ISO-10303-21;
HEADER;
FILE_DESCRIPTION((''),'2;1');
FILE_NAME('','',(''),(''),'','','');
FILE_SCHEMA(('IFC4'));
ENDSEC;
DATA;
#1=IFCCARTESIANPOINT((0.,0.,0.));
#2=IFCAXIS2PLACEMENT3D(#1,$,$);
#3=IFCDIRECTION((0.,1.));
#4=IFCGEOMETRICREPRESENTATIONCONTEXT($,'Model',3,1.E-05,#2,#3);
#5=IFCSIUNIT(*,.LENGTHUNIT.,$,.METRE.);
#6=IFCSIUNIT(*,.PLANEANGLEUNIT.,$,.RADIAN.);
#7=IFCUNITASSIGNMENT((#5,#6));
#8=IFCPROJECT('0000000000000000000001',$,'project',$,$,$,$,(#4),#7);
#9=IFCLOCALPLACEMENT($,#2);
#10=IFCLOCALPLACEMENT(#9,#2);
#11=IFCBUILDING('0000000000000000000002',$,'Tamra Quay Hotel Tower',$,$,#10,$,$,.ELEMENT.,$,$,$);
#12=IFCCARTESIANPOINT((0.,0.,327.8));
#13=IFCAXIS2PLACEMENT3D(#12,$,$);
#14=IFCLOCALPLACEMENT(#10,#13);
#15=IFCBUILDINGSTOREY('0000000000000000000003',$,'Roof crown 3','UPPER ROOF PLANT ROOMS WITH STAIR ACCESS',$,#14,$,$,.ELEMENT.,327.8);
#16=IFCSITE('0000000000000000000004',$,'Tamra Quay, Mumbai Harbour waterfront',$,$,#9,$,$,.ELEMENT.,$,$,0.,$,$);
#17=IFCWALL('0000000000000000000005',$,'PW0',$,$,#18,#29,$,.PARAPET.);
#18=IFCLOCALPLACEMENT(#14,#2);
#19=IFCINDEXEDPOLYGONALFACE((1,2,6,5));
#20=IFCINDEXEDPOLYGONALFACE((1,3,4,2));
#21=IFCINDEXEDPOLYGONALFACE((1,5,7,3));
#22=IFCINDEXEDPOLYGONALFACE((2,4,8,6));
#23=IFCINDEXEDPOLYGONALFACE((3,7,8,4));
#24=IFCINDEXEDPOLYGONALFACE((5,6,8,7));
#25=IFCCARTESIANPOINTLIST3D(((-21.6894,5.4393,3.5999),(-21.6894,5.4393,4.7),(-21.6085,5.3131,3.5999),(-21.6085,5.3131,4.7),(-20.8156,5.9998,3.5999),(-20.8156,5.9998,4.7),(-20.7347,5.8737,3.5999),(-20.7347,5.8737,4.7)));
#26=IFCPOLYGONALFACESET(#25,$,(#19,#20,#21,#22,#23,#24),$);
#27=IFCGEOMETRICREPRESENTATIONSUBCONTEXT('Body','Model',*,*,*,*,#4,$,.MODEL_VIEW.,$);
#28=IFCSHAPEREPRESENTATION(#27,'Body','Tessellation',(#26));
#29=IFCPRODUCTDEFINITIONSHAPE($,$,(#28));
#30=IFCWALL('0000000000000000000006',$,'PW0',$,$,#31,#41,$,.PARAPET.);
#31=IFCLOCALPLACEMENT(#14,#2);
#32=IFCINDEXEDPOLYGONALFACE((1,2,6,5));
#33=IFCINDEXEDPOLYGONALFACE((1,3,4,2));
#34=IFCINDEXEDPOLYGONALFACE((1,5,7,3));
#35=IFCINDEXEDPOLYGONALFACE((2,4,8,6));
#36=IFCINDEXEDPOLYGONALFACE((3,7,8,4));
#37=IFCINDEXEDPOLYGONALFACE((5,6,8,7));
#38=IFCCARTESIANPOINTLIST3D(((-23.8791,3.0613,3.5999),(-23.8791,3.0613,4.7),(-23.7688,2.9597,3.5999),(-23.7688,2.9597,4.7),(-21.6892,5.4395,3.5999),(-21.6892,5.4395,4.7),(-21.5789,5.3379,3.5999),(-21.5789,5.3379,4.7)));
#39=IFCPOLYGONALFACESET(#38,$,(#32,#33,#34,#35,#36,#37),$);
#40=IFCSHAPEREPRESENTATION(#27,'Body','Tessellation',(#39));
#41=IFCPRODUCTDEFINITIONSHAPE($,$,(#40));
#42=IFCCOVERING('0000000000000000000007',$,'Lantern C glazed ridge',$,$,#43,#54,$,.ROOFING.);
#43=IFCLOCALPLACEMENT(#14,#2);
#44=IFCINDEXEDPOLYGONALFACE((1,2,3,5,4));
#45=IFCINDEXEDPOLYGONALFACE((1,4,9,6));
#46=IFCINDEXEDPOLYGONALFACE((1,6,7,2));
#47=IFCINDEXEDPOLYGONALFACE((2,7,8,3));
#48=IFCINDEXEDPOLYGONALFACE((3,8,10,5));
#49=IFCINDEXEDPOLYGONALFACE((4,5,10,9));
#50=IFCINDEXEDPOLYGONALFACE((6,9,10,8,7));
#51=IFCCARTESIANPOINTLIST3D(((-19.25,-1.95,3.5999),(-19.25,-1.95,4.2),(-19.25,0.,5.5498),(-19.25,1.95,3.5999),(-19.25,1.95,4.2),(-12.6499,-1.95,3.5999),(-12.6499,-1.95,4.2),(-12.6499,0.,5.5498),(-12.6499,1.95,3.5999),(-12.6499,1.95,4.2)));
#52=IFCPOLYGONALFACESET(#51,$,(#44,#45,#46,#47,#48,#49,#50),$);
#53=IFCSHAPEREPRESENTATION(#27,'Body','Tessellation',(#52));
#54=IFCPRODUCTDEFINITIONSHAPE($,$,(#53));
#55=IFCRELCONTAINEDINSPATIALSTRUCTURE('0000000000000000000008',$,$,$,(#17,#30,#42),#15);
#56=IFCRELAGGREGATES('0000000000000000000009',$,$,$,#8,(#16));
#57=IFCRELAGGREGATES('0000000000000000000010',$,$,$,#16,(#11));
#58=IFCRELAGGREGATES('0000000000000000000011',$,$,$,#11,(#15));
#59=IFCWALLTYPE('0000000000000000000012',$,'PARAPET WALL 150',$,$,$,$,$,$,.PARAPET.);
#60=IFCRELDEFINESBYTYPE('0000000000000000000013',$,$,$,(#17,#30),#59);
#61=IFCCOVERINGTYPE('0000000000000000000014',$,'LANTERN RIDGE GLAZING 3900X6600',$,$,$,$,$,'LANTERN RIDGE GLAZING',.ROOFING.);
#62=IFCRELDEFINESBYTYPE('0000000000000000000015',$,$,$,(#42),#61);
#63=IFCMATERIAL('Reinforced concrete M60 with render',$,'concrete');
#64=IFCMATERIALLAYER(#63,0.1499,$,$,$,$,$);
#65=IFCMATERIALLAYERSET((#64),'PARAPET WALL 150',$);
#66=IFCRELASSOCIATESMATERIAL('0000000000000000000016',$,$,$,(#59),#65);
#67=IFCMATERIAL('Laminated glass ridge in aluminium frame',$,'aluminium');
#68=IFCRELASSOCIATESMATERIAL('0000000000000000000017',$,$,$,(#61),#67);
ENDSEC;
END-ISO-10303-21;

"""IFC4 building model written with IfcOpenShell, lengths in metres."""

from ifc_helpers import new_model, si_unit, direction, frame, frame_2d, origin, place, context, subcontext, project, spatial, polyline, rectangle, outline, extrude, source, transform, mapped, material, layer, layer_set, type_object, element, save


model = new_model("IFC4")

# Units and contexts
model_context = context("Model", 3, precision=1e-05, world=origin(), true_north=direction((0.0, 1.0)))
body_context = subcontext(model_context, "Body", "Model", "MODEL_VIEW")
ifc_project = project(units=[si_unit("LENGTHUNIT", "METRE"), si_unit("PLANEANGLEUNIT", "RADIAN")], contexts=[model_context])

# Site, building, storey
site_placement = place(None, origin())
site = spatial("IfcSite", under=ifc_project, at=site_placement, Name="Tamra Quay, Mumbai Harbour waterfront", CompositionType="ELEMENT", RefElevation=0.0)
building_placement = place(site_placement, origin())
building = spatial("IfcBuilding", under=site, at=building_placement, Name="Tamra Quay Hotel Tower", CompositionType="ELEMENT")
storey_placement = place(building_placement, frame((0.0, 0.0, 327.8)))
storey = spatial("IfcBuildingStorey", under=building, at=storey_placement, Name="Roof crown 3", Description="UPPER ROOF PLANT ROOMS WITH STAIR ACCESS", CompositionType="ELEMENT", Elevation=327.8)

# Walls
ifc_material_1 = material(Name="Reinforced concrete M60 with render", Category="concrete")
ifc_layer_1 = layer(ifc_material_1, 0.1499)
ifc_layer_set_1 = layer_set([ifc_layer_1], Name="PARAPET WALL 150")
wall_type = type_object("IfcWallType", Name="PARAPET WALL 150", PredefinedType="PARAPET", material=ifc_layer_set_1)
wall_1_placement = place(storey_placement, frame((-21.6489, 5.3762, 3.5999), z_axis=(0.0, 0.0, 1.0), x_axis=(0.84169, 0.539961, 0.0)))
element("IfcWall", 1, at=wall_1_placement, inside=storey, type_object=wall_type, Name="PW0", PredefinedType="PARAPET", context=body_context, shape_type="SweptSolid", body=[
    extrude(rectangle(XDim=1.0381, YDim=0.1499, at=frame_2d((0.519, 0.0))), origin(), (0.0, 0.0, 1.0), 1.1001),
])
wall_2_placement = place(storey_placement, frame((-23.824, 3.0105, 3.5999), z_axis=(0.0, 0.0, 1.0), x_axis=(0.677395, 0.735619, 0.0)))
element("IfcWall", 2, at=wall_2_placement, inside=storey, type_object=wall_type, Name="PW0", PredefinedType="PARAPET", context=body_context, shape_type="SweptSolid", body=[
    extrude(rectangle(XDim=3.2329, YDim=0.1499, at=frame_2d((1.6165, 0.0))), origin(), (0.0, 0.0, 1.0), 1.1001),
])

# Covering
ifc_material_2 = material(Name="Laminated glass ridge in aluminium frame", Category="aluminium")
covering_type_1 = type_object("IfcCoveringType", Name="LANTERN RIDGE GLAZING 3900X6600", ElementType="LANTERN RIDGE GLAZING", PredefinedType="ROOFING", material=ifc_material_2)
shared_shape_1 = source(origin(), body_context, "Body", "SweptSolid", [
    extrude(outline(polyline([(-1.95, 0.0), (1.95, 0.0), (1.95, 0.6001), (0.0, 1.95), (-1.95, 0.6001), (-1.95, 0.0)])), frame((0.0, 0.0, 0.0), z_axis=(1.0, 0.0, 0.0), x_axis=(0.0, 1.0, 0.0)), (0.0, 0.0, 1.0), 6.6001),
])
covering_1_placement = place(storey_placement, frame((-19.25, 0.0, 3.5999), z_axis=(0.0, 0.0, 1.0), x_axis=(1.0, 0.0, 0.0)))
element("IfcCovering", 3, at=covering_1_placement, inside=storey, type_object=covering_type_1, Name="Lantern C glazed ridge", PredefinedType="ROOFING", context=body_context, shape_type="MappedRepresentation", body=[
    mapped(shared_shape_1, transform((0.0, 0.0, 0.0), scale=1.0)),
])

save(model, "model.ifc")
